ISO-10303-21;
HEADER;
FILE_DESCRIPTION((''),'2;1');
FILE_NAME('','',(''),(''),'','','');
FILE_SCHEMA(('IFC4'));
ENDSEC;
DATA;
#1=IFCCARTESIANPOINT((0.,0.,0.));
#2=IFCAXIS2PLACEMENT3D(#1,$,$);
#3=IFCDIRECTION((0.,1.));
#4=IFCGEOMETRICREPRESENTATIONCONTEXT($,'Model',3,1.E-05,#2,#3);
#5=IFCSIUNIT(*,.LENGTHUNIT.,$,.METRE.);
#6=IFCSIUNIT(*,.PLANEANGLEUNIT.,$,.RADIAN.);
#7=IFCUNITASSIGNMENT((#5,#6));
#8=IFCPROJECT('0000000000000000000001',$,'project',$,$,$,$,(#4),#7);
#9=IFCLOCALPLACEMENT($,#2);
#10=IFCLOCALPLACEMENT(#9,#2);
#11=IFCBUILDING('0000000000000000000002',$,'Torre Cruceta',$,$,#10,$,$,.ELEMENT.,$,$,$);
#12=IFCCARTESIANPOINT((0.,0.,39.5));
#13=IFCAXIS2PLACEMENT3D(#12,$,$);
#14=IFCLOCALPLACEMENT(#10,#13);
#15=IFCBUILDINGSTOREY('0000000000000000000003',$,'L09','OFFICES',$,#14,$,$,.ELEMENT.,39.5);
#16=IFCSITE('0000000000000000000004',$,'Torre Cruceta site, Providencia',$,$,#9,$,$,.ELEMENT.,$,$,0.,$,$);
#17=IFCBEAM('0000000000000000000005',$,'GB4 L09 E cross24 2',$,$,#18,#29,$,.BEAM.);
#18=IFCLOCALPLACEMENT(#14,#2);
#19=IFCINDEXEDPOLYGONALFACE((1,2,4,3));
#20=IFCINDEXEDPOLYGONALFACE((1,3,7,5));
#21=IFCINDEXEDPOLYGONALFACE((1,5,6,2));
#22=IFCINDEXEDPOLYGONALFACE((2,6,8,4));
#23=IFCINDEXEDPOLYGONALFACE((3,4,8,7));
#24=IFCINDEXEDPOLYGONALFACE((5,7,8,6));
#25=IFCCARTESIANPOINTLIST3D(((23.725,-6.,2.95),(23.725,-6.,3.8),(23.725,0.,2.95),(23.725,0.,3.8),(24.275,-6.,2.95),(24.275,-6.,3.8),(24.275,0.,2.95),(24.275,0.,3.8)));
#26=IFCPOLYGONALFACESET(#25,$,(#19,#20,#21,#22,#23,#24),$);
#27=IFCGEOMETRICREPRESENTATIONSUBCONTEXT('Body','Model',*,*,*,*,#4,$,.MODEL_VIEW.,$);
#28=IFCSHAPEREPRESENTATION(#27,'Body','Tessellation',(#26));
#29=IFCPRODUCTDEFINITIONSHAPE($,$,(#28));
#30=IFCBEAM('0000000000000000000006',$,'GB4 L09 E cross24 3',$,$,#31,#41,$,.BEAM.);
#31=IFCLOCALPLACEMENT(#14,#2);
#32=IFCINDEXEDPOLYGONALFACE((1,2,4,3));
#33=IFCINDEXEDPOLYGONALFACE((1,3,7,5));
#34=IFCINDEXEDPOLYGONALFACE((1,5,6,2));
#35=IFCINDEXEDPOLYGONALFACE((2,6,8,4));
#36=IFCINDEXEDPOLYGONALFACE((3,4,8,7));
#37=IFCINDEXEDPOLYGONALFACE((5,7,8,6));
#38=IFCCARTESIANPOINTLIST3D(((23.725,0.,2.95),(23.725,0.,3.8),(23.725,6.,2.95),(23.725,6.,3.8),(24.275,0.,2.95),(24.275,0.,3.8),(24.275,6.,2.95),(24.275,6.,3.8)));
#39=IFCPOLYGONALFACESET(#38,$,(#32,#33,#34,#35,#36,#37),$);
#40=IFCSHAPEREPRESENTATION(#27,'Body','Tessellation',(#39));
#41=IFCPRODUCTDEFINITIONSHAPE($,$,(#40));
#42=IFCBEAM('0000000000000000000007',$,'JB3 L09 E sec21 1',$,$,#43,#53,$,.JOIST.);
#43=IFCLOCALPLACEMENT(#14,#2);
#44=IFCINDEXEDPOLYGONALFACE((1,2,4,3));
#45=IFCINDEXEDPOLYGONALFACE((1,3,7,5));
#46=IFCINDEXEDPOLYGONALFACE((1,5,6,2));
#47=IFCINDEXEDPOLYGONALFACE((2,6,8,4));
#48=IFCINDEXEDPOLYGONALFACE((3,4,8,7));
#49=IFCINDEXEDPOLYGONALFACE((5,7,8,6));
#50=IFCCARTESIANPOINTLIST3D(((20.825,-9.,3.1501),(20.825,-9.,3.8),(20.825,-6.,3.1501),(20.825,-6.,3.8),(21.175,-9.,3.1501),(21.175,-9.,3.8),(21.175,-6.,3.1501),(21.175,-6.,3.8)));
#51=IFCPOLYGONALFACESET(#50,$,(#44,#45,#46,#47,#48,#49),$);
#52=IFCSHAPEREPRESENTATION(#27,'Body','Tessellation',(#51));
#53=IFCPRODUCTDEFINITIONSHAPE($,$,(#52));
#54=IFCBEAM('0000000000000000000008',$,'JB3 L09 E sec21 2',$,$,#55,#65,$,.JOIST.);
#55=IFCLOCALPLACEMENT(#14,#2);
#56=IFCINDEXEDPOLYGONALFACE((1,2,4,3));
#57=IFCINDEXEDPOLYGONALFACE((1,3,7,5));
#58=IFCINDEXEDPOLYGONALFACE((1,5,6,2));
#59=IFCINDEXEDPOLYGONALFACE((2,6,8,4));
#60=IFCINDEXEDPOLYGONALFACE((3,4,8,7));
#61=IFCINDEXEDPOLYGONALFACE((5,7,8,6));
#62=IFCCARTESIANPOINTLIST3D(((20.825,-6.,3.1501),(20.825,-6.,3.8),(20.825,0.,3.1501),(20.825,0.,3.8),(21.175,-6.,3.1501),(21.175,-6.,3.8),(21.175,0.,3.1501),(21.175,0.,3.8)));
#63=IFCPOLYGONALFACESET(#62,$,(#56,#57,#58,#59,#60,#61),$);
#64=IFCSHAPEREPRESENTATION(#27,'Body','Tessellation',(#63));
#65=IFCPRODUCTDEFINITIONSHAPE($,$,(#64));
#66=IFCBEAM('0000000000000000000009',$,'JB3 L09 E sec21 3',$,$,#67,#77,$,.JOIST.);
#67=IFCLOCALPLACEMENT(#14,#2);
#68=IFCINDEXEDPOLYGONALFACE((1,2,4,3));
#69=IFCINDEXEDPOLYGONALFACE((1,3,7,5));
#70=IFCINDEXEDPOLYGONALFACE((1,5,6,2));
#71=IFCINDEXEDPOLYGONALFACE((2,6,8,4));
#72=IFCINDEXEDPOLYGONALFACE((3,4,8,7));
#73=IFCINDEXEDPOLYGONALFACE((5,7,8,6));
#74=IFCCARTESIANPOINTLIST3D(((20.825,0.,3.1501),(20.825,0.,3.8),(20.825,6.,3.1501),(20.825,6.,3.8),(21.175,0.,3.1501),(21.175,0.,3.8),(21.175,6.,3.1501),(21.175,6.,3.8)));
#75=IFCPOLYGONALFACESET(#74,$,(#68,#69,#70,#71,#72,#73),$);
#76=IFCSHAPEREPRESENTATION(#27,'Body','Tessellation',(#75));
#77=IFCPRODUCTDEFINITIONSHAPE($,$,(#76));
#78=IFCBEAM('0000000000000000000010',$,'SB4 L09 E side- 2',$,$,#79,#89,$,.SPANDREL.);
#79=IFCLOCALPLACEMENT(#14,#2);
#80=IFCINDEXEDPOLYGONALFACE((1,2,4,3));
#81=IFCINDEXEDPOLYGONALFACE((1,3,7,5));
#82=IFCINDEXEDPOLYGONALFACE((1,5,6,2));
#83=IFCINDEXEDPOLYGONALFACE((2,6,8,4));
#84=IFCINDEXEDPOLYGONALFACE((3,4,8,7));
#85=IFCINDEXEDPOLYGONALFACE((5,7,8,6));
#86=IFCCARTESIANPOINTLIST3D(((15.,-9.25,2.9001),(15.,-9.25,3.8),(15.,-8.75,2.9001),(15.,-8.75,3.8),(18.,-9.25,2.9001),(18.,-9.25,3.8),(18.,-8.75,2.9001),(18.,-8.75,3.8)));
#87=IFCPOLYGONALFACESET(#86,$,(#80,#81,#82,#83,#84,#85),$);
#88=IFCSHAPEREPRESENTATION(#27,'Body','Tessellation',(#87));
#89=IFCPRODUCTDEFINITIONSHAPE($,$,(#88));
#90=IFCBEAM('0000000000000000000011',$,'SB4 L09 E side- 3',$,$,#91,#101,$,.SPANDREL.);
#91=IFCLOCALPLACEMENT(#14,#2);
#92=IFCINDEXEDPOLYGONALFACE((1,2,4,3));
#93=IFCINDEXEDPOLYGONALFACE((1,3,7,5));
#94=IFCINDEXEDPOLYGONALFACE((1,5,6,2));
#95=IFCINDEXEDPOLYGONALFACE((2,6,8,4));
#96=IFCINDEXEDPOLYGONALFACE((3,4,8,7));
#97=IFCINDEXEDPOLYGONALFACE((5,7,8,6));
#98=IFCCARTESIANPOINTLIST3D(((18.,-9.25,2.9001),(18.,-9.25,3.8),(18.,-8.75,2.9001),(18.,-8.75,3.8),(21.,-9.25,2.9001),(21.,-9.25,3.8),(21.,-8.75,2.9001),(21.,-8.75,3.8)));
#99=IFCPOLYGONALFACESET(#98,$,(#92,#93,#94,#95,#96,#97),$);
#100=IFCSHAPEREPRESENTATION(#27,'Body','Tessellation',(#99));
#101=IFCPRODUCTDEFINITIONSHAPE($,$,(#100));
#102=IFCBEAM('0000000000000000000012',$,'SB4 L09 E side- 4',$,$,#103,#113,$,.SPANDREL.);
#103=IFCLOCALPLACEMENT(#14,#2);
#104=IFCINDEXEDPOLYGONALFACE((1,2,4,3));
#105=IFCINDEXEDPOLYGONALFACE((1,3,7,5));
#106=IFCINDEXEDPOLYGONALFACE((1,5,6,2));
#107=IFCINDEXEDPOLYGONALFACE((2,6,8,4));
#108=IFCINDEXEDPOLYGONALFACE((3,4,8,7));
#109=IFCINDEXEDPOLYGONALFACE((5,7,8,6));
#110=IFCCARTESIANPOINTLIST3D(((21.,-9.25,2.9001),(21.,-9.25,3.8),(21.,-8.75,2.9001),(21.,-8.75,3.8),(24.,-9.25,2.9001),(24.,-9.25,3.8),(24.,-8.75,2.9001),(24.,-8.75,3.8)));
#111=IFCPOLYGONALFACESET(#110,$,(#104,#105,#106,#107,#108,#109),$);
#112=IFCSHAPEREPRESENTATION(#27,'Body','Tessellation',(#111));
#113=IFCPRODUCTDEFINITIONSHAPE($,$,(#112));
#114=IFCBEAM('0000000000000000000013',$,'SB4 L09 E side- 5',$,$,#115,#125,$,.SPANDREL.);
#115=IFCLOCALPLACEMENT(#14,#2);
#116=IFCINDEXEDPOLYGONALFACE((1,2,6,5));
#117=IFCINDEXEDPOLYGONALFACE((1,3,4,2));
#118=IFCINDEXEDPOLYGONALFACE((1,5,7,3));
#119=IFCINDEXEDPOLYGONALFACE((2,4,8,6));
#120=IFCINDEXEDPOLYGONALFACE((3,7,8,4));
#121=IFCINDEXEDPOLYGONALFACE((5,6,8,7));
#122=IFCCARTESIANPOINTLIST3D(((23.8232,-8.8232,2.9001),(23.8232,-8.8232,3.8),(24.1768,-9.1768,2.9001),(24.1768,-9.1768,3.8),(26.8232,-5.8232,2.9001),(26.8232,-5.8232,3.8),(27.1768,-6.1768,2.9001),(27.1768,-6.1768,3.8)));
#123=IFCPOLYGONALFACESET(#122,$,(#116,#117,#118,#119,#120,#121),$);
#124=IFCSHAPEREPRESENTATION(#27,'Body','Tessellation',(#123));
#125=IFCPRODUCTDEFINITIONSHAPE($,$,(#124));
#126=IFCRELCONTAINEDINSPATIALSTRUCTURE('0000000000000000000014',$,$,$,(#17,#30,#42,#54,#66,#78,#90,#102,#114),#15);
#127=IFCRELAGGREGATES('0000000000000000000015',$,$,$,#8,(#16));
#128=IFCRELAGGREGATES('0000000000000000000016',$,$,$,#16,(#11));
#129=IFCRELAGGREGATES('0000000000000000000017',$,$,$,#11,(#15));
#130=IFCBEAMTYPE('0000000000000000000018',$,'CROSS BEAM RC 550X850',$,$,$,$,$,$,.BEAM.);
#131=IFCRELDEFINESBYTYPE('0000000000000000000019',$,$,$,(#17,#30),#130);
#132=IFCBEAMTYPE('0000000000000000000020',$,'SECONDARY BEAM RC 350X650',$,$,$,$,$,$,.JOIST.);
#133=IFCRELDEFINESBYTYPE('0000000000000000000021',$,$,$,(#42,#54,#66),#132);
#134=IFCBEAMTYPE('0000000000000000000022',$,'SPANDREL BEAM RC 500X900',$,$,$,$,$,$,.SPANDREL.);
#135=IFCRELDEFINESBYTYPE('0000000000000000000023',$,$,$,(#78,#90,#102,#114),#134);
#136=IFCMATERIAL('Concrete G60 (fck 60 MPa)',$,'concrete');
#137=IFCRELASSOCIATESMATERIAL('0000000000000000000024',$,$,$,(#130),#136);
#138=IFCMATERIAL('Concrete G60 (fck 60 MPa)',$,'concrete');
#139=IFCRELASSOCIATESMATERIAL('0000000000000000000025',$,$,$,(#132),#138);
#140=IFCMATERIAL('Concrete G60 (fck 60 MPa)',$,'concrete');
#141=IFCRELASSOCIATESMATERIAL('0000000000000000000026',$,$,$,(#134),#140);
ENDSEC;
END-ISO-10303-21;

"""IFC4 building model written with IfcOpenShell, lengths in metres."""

from ifc_helpers import new_model, si_unit, direction, frame, origin, origin_2d, place, context, subcontext, project, spatial, rectangle, extrude, material, material_profile, profile_set, type_object, element, save


model = new_model("IFC4")

# Units and contexts
model_context = context("Model", 3, precision=1e-05, world=origin(), true_north=direction((0.0, 1.0)))
body_context = subcontext(model_context, "Body", "Model", "MODEL_VIEW")
ifc_project = project(units=[si_unit("LENGTHUNIT", "METRE"), si_unit("PLANEANGLEUNIT", "RADIAN")], contexts=[model_context])

# Site, building, storey
site_placement = place(None, origin())
site = spatial("IfcSite", under=ifc_project, at=site_placement, Name="Torre Cruceta site, Providencia", CompositionType="ELEMENT", RefElevation=0.0)
building_placement = place(site_placement, origin())
building = spatial("IfcBuilding", under=site, at=building_placement, Name="Torre Cruceta", CompositionType="ELEMENT")
storey_placement = place(building_placement, frame((0.0, 0.0, 39.5)))
storey = spatial("IfcBuildingStorey", under=building, at=storey_placement, Name="L09", Description="OFFICES", CompositionType="ELEMENT", Elevation=39.5)

# Beams
ifc_material_1 = material(Name="Concrete G60 (fck 60 MPa)", Category="concrete")
ifc_material_profile_1 = material_profile(ifc_material_1, rectangle(XDim=0.55, YDim=0.8501, at=origin_2d()), Name="RC 550X850")
ifc_profile_set_1 = profile_set([ifc_material_profile_1], Name="Concrete G60 (fck 60 MPa)")
beam_type_1 = type_object("IfcBeamType", Name="CROSS BEAM RC 550X850", PredefinedType="BEAM", material=ifc_profile_set_1)
for number, where, z_axis, x_axis, name in (
    (1, (24.0, -6.0, 3.375), (0.0, 1.0, 0.0), (-1.0, 0.0, 0.0), "GB4 L09 E cross24 2"),
    (2, (24.0, 0.0, 3.375), (0.0, 1.0, 0.0), (-1.0, 0.0, 0.0), "GB4 L09 E cross24 3"),
):
    element("IfcBeam", number, at=place(storey_placement, frame(where, z_axis=z_axis, x_axis=x_axis)), inside=storey, type_object=beam_type_1, Name=name, PredefinedType="BEAM", context=body_context, shape_type="SweptSolid", body=[
        extrude(rectangle(XDim=0.55, YDim=0.8501, at=origin_2d()), origin(), (0.0, 0.0, 1.0), 6.0),
    ])
ifc_material_2 = material(Name="Concrete G60 (fck 60 MPa)", Category="concrete")
ifc_material_profile_2 = material_profile(ifc_material_2, rectangle(XDim=0.3501, YDim=0.6499, at=origin_2d()), Name="RC 350X650")
ifc_profile_set_2 = profile_set([ifc_material_profile_2], Name="Concrete G60 (fck 60 MPa)")
beam_type_2 = type_object("IfcBeamType", Name="SECONDARY BEAM RC 350X650", PredefinedType="JOIST", material=ifc_profile_set_2)
beam_1_placement = place(storey_placement, frame((21.0, -9.0, 3.4751), z_axis=(0.0, 1.0, 0.0), x_axis=(-1.0, 0.0, 0.0)))
element("IfcBeam", 3, at=beam_1_placement, inside=storey, type_object=beam_type_2, Name="JB3 L09 E sec21 1", PredefinedType="JOIST", context=body_context, shape_type="SweptSolid", body=[
    extrude(rectangle(XDim=0.3501, YDim=0.6499, at=origin_2d()), origin(), (0.0, 0.0, 1.0), 3.0),
])
for number, where, z_axis, x_axis, name in (
    (4, (21.0, -6.0, 3.4751), (0.0, 1.0, 0.0), (-1.0, 0.0, 0.0), "JB3 L09 E sec21 2"),
    (5, (21.0, 0.0, 3.4751), (0.0, 1.0, 0.0), (-1.0, 0.0, 0.0), "JB3 L09 E sec21 3"),
):
    element("IfcBeam", number, at=place(storey_placement, frame(where, z_axis=z_axis, x_axis=x_axis)), inside=storey, type_object=beam_type_2, Name=name, PredefinedType="JOIST", context=body_context, shape_type="SweptSolid", body=[
        extrude(rectangle(XDim=0.3501, YDim=0.6499, at=origin_2d()), origin(), (0.0, 0.0, 1.0), 6.0),
    ])
ifc_material_3 = material(Name="Concrete G60 (fck 60 MPa)", Category="concrete")
ifc_material_profile_3 = material_profile(ifc_material_3, rectangle(XDim=0.5, YDim=0.8999, at=origin_2d()), Name="RC 500X900")
ifc_profile_set_3 = profile_set([ifc_material_profile_3], Name="Concrete G60 (fck 60 MPa)")
beam_type_3 = type_object("IfcBeamType", Name="SPANDREL BEAM RC 500X900", PredefinedType="SPANDREL", material=ifc_profile_set_3)
for number, where, z_axis, x_axis, name in (
    (6, (15.0, -9.0, 3.3501), (1.0, 0.0, 0.0), (0.0, 1.0, 0.0), "SB4 L09 E side- 2"),
    (7, (18.0, -9.0, 3.3501), (1.0, 0.0, 0.0), (0.0, 1.0, 0.0), "SB4 L09 E side- 3"),
    (8, (21.0, -9.0, 3.3501), (1.0, 0.0, 0.0), (0.0, 1.0, 0.0), "SB4 L09 E side- 4"),
):
    element("IfcBeam", number, at=place(storey_placement, frame(where, z_axis=z_axis, x_axis=x_axis)), inside=storey, type_object=beam_type_3, Name=name, PredefinedType="SPANDREL", context=body_context, shape_type="SweptSolid", body=[
        extrude(rectangle(XDim=0.5, YDim=0.8999, at=origin_2d()), origin(), (0.0, 0.0, 1.0), 3.0),
    ])
beam_2_placement = place(storey_placement, frame((24.0, -9.0, 3.3501), z_axis=(0.707107, 0.707107, 0.0), x_axis=(-0.707107, 0.707107, 0.0)))
element("IfcBeam", 9, at=beam_2_placement, inside=storey, type_object=beam_type_3, Name="SB4 L09 E side- 5", PredefinedType="SPANDREL", context=body_context, shape_type="SweptSolid", body=[
    extrude(rectangle(XDim=0.5, YDim=0.8999, at=origin_2d()), origin(), (0.0, 0.0, 1.0), 4.2427),
])

save(model, "model.ifc")
